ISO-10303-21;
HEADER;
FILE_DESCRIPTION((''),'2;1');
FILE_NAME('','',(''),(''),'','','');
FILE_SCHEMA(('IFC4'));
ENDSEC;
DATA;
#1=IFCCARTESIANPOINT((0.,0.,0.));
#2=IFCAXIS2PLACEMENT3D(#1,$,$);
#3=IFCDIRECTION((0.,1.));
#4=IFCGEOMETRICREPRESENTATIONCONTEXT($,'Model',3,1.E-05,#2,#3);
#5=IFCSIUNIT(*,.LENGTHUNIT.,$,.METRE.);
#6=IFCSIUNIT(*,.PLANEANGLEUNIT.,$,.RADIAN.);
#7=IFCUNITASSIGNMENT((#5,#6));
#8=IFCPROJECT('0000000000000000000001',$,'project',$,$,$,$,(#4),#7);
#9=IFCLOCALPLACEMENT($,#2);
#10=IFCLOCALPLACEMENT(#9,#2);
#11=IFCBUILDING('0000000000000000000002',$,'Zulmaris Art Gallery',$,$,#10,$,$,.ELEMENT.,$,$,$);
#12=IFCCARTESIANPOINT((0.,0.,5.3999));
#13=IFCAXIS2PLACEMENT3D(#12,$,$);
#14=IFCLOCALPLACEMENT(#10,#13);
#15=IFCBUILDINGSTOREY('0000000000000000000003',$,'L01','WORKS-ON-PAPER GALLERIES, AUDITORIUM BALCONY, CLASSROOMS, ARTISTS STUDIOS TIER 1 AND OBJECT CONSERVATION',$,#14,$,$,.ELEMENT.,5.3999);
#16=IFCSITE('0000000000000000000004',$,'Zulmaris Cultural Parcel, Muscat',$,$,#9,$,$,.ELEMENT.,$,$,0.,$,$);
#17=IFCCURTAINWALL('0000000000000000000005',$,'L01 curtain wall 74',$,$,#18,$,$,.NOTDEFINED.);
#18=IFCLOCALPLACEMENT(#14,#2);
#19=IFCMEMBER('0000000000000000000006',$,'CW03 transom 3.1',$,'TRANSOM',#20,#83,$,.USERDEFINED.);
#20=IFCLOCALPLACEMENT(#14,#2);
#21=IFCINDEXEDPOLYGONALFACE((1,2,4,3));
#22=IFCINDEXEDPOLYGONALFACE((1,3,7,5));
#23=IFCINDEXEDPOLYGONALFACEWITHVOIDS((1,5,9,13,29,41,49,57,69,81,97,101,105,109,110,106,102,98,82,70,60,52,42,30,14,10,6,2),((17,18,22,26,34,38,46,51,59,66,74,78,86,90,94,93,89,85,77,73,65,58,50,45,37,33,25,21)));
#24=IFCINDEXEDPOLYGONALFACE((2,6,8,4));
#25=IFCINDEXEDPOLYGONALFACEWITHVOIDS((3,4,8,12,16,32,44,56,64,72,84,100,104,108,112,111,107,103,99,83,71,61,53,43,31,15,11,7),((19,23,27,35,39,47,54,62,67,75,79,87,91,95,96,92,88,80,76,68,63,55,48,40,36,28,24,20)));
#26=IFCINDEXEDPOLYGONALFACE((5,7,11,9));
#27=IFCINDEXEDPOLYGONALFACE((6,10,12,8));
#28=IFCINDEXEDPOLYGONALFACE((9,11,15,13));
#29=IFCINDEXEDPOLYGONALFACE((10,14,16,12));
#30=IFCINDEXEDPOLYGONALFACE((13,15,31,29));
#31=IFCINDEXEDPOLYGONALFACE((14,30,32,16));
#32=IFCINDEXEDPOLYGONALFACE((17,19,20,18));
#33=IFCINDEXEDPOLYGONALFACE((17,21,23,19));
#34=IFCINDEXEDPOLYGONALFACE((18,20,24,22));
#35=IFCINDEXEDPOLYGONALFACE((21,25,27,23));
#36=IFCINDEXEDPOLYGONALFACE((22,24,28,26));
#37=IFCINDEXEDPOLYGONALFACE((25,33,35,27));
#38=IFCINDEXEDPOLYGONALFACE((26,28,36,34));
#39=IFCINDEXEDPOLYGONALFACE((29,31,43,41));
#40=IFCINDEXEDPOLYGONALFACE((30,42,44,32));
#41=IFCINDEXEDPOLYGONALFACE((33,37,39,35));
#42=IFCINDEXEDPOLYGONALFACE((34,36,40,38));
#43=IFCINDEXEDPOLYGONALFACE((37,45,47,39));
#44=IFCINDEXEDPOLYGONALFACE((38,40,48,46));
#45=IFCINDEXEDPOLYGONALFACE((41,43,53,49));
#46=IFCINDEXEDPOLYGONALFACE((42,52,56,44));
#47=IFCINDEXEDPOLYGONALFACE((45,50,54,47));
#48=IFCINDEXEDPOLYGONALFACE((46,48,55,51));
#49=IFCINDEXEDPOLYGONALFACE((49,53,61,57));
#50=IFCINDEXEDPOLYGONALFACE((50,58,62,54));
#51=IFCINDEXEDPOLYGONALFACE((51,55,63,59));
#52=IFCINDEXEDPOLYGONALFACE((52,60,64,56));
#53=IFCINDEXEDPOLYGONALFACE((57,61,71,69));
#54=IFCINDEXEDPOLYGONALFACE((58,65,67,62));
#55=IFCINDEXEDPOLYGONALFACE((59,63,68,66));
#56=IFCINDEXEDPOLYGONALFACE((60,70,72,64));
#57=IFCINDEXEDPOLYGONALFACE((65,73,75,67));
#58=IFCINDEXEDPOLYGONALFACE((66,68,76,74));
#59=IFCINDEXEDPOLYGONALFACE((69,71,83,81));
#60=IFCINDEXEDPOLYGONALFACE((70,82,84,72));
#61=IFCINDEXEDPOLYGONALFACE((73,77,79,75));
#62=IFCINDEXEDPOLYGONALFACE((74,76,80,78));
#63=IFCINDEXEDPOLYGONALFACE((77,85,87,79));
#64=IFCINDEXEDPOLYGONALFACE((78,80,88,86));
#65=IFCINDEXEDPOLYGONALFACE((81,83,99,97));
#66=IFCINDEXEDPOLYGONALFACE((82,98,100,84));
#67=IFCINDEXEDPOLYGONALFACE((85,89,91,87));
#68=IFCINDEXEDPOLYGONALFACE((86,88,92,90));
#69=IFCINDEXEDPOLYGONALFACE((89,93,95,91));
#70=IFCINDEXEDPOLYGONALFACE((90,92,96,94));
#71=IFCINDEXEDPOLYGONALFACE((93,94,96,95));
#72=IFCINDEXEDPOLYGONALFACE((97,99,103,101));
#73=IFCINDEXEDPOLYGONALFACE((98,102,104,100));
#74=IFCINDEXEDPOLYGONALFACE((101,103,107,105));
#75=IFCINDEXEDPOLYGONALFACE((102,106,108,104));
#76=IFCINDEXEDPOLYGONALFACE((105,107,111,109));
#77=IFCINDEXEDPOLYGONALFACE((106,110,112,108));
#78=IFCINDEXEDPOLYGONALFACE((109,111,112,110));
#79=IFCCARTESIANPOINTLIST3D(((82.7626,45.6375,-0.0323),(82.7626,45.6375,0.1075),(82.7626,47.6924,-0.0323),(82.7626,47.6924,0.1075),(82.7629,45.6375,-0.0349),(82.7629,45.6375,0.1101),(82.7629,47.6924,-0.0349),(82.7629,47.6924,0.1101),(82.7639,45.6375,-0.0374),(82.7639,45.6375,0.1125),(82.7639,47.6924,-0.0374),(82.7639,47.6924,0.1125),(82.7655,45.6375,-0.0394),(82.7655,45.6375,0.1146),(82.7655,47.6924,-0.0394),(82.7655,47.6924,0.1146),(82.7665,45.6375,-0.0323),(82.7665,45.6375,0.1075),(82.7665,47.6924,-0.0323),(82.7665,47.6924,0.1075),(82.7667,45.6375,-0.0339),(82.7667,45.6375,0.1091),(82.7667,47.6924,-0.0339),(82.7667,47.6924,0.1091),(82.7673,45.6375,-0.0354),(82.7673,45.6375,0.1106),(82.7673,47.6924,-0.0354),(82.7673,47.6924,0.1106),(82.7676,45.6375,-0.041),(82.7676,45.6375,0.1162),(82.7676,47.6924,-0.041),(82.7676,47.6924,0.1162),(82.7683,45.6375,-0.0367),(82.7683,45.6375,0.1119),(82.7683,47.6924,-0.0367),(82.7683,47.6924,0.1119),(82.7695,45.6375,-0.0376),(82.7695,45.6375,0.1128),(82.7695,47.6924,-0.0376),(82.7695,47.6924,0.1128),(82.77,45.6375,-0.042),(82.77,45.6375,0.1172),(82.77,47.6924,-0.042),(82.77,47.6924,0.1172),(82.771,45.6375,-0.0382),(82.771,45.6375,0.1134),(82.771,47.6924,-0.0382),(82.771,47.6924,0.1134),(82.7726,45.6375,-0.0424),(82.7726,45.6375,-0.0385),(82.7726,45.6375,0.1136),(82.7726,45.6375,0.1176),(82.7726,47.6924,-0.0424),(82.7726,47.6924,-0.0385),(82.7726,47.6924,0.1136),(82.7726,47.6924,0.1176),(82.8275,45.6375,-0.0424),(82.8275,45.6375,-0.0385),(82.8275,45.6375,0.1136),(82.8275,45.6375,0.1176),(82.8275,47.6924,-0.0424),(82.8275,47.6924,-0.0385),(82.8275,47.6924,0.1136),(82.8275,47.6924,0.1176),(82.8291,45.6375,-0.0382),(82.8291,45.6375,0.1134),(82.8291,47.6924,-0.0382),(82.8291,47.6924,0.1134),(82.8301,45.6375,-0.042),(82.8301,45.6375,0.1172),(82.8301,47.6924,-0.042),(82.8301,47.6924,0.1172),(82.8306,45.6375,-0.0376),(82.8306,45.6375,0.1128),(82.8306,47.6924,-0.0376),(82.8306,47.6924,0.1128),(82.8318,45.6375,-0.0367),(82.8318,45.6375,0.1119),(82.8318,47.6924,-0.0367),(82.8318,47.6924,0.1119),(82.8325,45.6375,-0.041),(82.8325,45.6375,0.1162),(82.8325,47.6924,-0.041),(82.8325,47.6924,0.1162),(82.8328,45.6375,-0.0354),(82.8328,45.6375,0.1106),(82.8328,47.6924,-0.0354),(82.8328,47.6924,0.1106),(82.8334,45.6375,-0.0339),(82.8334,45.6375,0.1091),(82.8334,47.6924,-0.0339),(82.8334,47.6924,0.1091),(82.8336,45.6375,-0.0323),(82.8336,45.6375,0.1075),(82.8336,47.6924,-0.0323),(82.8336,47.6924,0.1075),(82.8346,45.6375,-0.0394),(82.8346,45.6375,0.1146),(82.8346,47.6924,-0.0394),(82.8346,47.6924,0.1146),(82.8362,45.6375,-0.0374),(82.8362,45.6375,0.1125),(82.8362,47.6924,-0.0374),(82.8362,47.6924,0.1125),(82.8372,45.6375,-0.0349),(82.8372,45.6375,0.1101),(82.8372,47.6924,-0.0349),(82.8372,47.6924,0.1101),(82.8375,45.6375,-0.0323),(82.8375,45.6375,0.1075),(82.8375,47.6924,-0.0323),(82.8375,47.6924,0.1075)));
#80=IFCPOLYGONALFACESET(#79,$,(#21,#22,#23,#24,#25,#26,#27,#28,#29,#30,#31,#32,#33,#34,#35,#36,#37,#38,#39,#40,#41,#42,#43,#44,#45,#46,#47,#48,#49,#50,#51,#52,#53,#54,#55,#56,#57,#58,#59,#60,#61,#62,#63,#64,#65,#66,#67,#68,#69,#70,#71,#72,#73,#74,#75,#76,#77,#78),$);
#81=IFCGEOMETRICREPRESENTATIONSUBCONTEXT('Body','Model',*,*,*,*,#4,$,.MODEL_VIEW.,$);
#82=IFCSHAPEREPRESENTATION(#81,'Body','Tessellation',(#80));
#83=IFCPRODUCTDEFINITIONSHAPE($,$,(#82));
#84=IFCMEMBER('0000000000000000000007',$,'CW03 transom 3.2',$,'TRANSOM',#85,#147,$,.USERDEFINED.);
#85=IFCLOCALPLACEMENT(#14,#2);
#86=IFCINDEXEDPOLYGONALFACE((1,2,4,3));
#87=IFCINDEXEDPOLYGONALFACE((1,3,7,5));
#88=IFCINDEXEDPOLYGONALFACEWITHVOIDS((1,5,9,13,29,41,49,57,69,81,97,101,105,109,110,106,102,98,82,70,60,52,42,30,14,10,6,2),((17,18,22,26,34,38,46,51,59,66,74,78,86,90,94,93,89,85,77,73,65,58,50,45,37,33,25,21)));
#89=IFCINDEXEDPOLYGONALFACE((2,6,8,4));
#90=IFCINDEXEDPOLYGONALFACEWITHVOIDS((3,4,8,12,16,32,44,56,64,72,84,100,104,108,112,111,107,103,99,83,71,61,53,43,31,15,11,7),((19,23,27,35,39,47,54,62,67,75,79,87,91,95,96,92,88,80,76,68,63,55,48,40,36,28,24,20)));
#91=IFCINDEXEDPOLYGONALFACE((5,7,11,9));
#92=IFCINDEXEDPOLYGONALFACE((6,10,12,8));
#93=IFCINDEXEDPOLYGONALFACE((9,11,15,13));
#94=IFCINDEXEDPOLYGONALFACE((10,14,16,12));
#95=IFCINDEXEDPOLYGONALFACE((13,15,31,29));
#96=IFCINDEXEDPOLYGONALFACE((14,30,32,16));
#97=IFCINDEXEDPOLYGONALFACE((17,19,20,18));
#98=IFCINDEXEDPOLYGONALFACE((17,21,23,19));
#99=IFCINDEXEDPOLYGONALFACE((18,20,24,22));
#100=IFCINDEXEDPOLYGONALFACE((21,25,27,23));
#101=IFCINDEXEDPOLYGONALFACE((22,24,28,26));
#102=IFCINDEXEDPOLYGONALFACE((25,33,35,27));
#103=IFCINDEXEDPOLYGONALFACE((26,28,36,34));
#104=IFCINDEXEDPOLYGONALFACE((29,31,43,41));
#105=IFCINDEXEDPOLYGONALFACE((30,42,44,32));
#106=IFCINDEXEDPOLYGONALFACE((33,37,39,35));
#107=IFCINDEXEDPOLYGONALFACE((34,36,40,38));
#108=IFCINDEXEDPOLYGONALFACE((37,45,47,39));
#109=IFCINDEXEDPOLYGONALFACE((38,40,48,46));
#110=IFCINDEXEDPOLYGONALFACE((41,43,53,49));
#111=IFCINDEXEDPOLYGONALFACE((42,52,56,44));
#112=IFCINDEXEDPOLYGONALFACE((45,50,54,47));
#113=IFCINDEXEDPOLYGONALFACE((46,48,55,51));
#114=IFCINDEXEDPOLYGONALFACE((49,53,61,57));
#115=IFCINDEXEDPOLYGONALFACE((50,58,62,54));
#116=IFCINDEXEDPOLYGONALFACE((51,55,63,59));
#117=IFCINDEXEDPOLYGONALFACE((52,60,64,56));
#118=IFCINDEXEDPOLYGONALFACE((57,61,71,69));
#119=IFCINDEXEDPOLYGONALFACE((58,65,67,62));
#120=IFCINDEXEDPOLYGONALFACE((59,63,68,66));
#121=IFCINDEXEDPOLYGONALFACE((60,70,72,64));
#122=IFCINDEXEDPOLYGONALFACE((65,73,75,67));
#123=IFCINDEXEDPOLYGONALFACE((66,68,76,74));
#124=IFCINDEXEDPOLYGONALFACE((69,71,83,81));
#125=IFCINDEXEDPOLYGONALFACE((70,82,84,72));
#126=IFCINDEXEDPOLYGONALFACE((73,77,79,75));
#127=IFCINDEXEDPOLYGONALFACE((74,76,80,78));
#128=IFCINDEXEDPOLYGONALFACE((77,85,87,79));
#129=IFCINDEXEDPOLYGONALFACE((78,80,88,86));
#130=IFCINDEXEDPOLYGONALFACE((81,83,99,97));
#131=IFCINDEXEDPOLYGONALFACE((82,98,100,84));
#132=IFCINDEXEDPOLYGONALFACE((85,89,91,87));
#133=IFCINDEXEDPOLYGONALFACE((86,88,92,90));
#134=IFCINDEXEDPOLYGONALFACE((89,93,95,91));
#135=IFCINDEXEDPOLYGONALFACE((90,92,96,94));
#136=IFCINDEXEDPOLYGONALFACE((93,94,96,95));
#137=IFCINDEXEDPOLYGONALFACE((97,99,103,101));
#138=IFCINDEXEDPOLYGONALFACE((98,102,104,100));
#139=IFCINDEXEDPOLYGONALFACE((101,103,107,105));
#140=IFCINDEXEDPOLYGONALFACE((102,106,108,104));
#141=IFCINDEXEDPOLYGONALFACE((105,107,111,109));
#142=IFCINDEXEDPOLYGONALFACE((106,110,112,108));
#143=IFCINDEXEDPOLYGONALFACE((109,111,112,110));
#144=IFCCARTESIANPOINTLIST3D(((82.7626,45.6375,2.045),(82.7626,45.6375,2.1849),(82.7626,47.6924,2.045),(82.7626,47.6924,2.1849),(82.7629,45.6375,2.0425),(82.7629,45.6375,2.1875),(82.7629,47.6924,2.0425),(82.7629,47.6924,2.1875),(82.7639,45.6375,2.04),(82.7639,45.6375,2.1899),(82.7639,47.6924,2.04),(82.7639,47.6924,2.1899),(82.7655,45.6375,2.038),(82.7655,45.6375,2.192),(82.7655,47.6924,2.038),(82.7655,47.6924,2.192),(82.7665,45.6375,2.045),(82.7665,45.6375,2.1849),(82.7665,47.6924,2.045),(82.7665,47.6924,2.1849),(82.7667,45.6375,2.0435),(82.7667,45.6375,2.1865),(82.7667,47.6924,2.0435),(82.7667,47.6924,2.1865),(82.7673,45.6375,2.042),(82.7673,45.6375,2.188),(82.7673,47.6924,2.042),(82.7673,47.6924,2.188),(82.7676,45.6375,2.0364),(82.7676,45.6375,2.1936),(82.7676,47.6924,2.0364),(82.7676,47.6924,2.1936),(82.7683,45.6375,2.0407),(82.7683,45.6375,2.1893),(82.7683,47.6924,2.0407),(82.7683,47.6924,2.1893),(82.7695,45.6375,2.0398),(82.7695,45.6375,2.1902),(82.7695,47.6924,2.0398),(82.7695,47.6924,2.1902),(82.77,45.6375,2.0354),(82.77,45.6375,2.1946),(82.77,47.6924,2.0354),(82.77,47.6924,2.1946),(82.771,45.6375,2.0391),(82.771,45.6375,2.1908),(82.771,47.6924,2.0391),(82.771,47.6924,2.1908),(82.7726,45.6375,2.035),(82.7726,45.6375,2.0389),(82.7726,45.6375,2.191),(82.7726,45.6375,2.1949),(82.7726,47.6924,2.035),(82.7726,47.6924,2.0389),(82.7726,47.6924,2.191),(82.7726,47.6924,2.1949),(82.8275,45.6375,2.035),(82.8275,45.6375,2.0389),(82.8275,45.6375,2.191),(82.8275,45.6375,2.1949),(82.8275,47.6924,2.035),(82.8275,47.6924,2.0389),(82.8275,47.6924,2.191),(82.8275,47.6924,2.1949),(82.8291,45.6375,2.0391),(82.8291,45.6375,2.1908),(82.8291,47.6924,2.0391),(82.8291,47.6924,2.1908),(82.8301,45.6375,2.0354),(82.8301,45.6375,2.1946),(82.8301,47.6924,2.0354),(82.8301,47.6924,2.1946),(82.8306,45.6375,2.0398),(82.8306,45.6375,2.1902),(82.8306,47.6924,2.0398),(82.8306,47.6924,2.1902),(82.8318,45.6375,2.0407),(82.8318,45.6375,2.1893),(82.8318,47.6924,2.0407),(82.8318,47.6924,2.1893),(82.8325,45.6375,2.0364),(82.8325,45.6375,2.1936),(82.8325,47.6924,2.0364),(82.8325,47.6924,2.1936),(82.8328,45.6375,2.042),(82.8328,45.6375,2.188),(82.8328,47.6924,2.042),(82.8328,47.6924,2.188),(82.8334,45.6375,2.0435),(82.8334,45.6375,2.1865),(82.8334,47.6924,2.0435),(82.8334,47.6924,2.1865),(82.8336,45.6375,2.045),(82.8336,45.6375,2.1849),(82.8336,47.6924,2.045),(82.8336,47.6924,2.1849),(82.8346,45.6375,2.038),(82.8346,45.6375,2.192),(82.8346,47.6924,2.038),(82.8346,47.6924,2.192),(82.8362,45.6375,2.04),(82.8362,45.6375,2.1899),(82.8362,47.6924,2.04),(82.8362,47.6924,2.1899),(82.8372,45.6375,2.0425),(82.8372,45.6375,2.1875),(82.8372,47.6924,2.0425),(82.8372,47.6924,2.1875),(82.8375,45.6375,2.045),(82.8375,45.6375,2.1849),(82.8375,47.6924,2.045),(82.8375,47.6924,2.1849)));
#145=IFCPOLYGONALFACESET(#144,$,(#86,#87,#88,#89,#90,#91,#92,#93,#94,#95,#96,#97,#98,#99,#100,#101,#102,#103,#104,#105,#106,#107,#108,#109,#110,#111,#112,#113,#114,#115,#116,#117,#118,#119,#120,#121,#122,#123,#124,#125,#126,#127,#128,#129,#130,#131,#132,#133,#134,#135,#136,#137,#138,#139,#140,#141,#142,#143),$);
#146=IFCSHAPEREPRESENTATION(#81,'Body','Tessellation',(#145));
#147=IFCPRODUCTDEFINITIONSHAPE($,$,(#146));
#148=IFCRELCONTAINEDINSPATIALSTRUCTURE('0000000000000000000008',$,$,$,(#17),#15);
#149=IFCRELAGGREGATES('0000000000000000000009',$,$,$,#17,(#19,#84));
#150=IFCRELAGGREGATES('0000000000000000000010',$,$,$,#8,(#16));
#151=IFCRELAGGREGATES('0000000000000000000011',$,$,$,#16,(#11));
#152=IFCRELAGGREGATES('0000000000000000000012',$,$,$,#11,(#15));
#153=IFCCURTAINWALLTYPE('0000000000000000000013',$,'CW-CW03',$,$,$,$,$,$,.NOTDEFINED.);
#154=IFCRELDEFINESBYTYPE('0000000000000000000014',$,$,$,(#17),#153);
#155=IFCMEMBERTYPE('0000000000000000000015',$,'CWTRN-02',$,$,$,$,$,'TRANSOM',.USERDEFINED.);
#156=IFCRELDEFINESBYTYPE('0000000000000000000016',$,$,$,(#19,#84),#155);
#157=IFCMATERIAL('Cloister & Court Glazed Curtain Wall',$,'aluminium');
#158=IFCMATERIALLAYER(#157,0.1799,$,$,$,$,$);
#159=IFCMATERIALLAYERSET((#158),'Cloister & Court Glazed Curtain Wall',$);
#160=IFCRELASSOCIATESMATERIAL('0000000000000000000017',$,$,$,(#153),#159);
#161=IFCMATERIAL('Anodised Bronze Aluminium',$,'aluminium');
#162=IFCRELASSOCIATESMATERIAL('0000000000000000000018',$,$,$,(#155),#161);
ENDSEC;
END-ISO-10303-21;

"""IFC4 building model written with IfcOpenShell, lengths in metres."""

from ifc_helpers import new_model, si_unit, direction, frame, origin, origin_2d, place, context, subcontext, project, spatial, hollow_rectangle, extrude, material, layer, layer_set, material_profile, profile_set, type_object, element, aggregate, save


model = new_model("IFC4")

# Units and contexts
model_context = context("Model", 3, precision=1e-05, world=origin(), true_north=direction((0.0, 1.0)))
body_context = subcontext(model_context, "Body", "Model", "MODEL_VIEW")
ifc_project = project(units=[si_unit("LENGTHUNIT", "METRE"), si_unit("PLANEANGLEUNIT", "RADIAN")], contexts=[model_context])

# Site, building, storey
site_placement = place(None, origin())
site = spatial("IfcSite", under=ifc_project, at=site_placement, Name="Zulmaris Cultural Parcel, Muscat", CompositionType="ELEMENT", RefElevation=0.0)
building_placement = place(site_placement, origin())
building = spatial("IfcBuilding", under=site, at=building_placement, Name="Zulmaris Art Gallery", CompositionType="ELEMENT")
storey_placement = place(building_placement, frame((0.0, 0.0, 5.3999)))
storey = spatial("IfcBuildingStorey", under=building, at=storey_placement, Name="L01", Description="WORKS-ON-PAPER GALLERIES, AUDITORIUM BALCONY, CLASSROOMS, ARTISTS STUDIOS TIER 1 AND OBJECT CONSERVATION", CompositionType="ELEMENT", Elevation=5.3999)

# Curtain wall, members
ifc_material_1 = material(Name="Cloister & Court Glazed Curtain Wall", Category="aluminium")
ifc_layer_1 = layer(ifc_material_1, 0.1799)
ifc_layer_set_1 = layer_set([ifc_layer_1], Name="Cloister & Court Glazed Curtain Wall")
curtain_wall_type = type_object("IfcCurtainWallType", Name="CW-CW03", PredefinedType="NOTDEFINED", material=ifc_layer_set_1)
ifc_material_2 = material(Name="Anodised Bronze Aluminium", Category="aluminium")
curtain_wall_1_placement = place(storey_placement, origin())
curtain_wall_1 = element("IfcCurtainWall", 1, at=curtain_wall_1_placement, inside=storey, type_object=curtain_wall_type, Name="L01 curtain wall 74", PredefinedType="NOTDEFINED")
ifc_material_profile_1 = material_profile(ifc_material_2, hollow_rectangle(XDim=0.075, YDim=0.1599, WallThickness=0.0039, InnerFilletRadius=0.0061, OuterFilletRadius=0.01, at=origin_2d()), Name="ALU 75x160x4")
ifc_profile_set_1 = profile_set([ifc_material_profile_1], Name="Anodised Bronze Aluminium")
member_type_1 = type_object("IfcMemberType", Name="CWTRN-02", ElementType="TRANSOM", PredefinedType="USERDEFINED", material=ifc_profile_set_1)
member_1_placement = place(storey_placement, frame((82.8, 45.6375, 0.0376), z_axis=(0.0, 1.0, 0.0), x_axis=(-1.0, 0.0, 0.0)))
member_1 = element("IfcMember", 2, at=member_1_placement, type_object=member_type_1, Name="CW03 transom 3.1", ObjectType="TRANSOM", PredefinedType="USERDEFINED", context=body_context, shape_type="SweptSolid", body=[
    extrude(hollow_rectangle(XDim=0.075, YDim=0.1599, WallThickness=0.0039, InnerFilletRadius=0.0061, OuterFilletRadius=0.01, at=origin_2d()), origin(), (0.0, 0.0, 1.0), 2.0549),
])
member_2_placement = place(storey_placement, frame((82.8, 45.6375, 2.115), z_axis=(0.0, 1.0, 0.0), x_axis=(-1.0, 0.0, 0.0)))
member_2 = element("IfcMember", 3, at=member_2_placement, type_object=member_type_1, Name="CW03 transom 3.2", ObjectType="TRANSOM", PredefinedType="USERDEFINED", context=body_context, shape_type="SweptSolid", body=[
    extrude(hollow_rectangle(XDim=0.075, YDim=0.1599, WallThickness=0.0039, InnerFilletRadius=0.0061, OuterFilletRadius=0.01, at=origin_2d()), origin(), (0.0, 0.0, 1.0), 2.0549),
])

aggregate(curtain_wall_1, [member_1, member_2])

save(model, "model.ifc")
